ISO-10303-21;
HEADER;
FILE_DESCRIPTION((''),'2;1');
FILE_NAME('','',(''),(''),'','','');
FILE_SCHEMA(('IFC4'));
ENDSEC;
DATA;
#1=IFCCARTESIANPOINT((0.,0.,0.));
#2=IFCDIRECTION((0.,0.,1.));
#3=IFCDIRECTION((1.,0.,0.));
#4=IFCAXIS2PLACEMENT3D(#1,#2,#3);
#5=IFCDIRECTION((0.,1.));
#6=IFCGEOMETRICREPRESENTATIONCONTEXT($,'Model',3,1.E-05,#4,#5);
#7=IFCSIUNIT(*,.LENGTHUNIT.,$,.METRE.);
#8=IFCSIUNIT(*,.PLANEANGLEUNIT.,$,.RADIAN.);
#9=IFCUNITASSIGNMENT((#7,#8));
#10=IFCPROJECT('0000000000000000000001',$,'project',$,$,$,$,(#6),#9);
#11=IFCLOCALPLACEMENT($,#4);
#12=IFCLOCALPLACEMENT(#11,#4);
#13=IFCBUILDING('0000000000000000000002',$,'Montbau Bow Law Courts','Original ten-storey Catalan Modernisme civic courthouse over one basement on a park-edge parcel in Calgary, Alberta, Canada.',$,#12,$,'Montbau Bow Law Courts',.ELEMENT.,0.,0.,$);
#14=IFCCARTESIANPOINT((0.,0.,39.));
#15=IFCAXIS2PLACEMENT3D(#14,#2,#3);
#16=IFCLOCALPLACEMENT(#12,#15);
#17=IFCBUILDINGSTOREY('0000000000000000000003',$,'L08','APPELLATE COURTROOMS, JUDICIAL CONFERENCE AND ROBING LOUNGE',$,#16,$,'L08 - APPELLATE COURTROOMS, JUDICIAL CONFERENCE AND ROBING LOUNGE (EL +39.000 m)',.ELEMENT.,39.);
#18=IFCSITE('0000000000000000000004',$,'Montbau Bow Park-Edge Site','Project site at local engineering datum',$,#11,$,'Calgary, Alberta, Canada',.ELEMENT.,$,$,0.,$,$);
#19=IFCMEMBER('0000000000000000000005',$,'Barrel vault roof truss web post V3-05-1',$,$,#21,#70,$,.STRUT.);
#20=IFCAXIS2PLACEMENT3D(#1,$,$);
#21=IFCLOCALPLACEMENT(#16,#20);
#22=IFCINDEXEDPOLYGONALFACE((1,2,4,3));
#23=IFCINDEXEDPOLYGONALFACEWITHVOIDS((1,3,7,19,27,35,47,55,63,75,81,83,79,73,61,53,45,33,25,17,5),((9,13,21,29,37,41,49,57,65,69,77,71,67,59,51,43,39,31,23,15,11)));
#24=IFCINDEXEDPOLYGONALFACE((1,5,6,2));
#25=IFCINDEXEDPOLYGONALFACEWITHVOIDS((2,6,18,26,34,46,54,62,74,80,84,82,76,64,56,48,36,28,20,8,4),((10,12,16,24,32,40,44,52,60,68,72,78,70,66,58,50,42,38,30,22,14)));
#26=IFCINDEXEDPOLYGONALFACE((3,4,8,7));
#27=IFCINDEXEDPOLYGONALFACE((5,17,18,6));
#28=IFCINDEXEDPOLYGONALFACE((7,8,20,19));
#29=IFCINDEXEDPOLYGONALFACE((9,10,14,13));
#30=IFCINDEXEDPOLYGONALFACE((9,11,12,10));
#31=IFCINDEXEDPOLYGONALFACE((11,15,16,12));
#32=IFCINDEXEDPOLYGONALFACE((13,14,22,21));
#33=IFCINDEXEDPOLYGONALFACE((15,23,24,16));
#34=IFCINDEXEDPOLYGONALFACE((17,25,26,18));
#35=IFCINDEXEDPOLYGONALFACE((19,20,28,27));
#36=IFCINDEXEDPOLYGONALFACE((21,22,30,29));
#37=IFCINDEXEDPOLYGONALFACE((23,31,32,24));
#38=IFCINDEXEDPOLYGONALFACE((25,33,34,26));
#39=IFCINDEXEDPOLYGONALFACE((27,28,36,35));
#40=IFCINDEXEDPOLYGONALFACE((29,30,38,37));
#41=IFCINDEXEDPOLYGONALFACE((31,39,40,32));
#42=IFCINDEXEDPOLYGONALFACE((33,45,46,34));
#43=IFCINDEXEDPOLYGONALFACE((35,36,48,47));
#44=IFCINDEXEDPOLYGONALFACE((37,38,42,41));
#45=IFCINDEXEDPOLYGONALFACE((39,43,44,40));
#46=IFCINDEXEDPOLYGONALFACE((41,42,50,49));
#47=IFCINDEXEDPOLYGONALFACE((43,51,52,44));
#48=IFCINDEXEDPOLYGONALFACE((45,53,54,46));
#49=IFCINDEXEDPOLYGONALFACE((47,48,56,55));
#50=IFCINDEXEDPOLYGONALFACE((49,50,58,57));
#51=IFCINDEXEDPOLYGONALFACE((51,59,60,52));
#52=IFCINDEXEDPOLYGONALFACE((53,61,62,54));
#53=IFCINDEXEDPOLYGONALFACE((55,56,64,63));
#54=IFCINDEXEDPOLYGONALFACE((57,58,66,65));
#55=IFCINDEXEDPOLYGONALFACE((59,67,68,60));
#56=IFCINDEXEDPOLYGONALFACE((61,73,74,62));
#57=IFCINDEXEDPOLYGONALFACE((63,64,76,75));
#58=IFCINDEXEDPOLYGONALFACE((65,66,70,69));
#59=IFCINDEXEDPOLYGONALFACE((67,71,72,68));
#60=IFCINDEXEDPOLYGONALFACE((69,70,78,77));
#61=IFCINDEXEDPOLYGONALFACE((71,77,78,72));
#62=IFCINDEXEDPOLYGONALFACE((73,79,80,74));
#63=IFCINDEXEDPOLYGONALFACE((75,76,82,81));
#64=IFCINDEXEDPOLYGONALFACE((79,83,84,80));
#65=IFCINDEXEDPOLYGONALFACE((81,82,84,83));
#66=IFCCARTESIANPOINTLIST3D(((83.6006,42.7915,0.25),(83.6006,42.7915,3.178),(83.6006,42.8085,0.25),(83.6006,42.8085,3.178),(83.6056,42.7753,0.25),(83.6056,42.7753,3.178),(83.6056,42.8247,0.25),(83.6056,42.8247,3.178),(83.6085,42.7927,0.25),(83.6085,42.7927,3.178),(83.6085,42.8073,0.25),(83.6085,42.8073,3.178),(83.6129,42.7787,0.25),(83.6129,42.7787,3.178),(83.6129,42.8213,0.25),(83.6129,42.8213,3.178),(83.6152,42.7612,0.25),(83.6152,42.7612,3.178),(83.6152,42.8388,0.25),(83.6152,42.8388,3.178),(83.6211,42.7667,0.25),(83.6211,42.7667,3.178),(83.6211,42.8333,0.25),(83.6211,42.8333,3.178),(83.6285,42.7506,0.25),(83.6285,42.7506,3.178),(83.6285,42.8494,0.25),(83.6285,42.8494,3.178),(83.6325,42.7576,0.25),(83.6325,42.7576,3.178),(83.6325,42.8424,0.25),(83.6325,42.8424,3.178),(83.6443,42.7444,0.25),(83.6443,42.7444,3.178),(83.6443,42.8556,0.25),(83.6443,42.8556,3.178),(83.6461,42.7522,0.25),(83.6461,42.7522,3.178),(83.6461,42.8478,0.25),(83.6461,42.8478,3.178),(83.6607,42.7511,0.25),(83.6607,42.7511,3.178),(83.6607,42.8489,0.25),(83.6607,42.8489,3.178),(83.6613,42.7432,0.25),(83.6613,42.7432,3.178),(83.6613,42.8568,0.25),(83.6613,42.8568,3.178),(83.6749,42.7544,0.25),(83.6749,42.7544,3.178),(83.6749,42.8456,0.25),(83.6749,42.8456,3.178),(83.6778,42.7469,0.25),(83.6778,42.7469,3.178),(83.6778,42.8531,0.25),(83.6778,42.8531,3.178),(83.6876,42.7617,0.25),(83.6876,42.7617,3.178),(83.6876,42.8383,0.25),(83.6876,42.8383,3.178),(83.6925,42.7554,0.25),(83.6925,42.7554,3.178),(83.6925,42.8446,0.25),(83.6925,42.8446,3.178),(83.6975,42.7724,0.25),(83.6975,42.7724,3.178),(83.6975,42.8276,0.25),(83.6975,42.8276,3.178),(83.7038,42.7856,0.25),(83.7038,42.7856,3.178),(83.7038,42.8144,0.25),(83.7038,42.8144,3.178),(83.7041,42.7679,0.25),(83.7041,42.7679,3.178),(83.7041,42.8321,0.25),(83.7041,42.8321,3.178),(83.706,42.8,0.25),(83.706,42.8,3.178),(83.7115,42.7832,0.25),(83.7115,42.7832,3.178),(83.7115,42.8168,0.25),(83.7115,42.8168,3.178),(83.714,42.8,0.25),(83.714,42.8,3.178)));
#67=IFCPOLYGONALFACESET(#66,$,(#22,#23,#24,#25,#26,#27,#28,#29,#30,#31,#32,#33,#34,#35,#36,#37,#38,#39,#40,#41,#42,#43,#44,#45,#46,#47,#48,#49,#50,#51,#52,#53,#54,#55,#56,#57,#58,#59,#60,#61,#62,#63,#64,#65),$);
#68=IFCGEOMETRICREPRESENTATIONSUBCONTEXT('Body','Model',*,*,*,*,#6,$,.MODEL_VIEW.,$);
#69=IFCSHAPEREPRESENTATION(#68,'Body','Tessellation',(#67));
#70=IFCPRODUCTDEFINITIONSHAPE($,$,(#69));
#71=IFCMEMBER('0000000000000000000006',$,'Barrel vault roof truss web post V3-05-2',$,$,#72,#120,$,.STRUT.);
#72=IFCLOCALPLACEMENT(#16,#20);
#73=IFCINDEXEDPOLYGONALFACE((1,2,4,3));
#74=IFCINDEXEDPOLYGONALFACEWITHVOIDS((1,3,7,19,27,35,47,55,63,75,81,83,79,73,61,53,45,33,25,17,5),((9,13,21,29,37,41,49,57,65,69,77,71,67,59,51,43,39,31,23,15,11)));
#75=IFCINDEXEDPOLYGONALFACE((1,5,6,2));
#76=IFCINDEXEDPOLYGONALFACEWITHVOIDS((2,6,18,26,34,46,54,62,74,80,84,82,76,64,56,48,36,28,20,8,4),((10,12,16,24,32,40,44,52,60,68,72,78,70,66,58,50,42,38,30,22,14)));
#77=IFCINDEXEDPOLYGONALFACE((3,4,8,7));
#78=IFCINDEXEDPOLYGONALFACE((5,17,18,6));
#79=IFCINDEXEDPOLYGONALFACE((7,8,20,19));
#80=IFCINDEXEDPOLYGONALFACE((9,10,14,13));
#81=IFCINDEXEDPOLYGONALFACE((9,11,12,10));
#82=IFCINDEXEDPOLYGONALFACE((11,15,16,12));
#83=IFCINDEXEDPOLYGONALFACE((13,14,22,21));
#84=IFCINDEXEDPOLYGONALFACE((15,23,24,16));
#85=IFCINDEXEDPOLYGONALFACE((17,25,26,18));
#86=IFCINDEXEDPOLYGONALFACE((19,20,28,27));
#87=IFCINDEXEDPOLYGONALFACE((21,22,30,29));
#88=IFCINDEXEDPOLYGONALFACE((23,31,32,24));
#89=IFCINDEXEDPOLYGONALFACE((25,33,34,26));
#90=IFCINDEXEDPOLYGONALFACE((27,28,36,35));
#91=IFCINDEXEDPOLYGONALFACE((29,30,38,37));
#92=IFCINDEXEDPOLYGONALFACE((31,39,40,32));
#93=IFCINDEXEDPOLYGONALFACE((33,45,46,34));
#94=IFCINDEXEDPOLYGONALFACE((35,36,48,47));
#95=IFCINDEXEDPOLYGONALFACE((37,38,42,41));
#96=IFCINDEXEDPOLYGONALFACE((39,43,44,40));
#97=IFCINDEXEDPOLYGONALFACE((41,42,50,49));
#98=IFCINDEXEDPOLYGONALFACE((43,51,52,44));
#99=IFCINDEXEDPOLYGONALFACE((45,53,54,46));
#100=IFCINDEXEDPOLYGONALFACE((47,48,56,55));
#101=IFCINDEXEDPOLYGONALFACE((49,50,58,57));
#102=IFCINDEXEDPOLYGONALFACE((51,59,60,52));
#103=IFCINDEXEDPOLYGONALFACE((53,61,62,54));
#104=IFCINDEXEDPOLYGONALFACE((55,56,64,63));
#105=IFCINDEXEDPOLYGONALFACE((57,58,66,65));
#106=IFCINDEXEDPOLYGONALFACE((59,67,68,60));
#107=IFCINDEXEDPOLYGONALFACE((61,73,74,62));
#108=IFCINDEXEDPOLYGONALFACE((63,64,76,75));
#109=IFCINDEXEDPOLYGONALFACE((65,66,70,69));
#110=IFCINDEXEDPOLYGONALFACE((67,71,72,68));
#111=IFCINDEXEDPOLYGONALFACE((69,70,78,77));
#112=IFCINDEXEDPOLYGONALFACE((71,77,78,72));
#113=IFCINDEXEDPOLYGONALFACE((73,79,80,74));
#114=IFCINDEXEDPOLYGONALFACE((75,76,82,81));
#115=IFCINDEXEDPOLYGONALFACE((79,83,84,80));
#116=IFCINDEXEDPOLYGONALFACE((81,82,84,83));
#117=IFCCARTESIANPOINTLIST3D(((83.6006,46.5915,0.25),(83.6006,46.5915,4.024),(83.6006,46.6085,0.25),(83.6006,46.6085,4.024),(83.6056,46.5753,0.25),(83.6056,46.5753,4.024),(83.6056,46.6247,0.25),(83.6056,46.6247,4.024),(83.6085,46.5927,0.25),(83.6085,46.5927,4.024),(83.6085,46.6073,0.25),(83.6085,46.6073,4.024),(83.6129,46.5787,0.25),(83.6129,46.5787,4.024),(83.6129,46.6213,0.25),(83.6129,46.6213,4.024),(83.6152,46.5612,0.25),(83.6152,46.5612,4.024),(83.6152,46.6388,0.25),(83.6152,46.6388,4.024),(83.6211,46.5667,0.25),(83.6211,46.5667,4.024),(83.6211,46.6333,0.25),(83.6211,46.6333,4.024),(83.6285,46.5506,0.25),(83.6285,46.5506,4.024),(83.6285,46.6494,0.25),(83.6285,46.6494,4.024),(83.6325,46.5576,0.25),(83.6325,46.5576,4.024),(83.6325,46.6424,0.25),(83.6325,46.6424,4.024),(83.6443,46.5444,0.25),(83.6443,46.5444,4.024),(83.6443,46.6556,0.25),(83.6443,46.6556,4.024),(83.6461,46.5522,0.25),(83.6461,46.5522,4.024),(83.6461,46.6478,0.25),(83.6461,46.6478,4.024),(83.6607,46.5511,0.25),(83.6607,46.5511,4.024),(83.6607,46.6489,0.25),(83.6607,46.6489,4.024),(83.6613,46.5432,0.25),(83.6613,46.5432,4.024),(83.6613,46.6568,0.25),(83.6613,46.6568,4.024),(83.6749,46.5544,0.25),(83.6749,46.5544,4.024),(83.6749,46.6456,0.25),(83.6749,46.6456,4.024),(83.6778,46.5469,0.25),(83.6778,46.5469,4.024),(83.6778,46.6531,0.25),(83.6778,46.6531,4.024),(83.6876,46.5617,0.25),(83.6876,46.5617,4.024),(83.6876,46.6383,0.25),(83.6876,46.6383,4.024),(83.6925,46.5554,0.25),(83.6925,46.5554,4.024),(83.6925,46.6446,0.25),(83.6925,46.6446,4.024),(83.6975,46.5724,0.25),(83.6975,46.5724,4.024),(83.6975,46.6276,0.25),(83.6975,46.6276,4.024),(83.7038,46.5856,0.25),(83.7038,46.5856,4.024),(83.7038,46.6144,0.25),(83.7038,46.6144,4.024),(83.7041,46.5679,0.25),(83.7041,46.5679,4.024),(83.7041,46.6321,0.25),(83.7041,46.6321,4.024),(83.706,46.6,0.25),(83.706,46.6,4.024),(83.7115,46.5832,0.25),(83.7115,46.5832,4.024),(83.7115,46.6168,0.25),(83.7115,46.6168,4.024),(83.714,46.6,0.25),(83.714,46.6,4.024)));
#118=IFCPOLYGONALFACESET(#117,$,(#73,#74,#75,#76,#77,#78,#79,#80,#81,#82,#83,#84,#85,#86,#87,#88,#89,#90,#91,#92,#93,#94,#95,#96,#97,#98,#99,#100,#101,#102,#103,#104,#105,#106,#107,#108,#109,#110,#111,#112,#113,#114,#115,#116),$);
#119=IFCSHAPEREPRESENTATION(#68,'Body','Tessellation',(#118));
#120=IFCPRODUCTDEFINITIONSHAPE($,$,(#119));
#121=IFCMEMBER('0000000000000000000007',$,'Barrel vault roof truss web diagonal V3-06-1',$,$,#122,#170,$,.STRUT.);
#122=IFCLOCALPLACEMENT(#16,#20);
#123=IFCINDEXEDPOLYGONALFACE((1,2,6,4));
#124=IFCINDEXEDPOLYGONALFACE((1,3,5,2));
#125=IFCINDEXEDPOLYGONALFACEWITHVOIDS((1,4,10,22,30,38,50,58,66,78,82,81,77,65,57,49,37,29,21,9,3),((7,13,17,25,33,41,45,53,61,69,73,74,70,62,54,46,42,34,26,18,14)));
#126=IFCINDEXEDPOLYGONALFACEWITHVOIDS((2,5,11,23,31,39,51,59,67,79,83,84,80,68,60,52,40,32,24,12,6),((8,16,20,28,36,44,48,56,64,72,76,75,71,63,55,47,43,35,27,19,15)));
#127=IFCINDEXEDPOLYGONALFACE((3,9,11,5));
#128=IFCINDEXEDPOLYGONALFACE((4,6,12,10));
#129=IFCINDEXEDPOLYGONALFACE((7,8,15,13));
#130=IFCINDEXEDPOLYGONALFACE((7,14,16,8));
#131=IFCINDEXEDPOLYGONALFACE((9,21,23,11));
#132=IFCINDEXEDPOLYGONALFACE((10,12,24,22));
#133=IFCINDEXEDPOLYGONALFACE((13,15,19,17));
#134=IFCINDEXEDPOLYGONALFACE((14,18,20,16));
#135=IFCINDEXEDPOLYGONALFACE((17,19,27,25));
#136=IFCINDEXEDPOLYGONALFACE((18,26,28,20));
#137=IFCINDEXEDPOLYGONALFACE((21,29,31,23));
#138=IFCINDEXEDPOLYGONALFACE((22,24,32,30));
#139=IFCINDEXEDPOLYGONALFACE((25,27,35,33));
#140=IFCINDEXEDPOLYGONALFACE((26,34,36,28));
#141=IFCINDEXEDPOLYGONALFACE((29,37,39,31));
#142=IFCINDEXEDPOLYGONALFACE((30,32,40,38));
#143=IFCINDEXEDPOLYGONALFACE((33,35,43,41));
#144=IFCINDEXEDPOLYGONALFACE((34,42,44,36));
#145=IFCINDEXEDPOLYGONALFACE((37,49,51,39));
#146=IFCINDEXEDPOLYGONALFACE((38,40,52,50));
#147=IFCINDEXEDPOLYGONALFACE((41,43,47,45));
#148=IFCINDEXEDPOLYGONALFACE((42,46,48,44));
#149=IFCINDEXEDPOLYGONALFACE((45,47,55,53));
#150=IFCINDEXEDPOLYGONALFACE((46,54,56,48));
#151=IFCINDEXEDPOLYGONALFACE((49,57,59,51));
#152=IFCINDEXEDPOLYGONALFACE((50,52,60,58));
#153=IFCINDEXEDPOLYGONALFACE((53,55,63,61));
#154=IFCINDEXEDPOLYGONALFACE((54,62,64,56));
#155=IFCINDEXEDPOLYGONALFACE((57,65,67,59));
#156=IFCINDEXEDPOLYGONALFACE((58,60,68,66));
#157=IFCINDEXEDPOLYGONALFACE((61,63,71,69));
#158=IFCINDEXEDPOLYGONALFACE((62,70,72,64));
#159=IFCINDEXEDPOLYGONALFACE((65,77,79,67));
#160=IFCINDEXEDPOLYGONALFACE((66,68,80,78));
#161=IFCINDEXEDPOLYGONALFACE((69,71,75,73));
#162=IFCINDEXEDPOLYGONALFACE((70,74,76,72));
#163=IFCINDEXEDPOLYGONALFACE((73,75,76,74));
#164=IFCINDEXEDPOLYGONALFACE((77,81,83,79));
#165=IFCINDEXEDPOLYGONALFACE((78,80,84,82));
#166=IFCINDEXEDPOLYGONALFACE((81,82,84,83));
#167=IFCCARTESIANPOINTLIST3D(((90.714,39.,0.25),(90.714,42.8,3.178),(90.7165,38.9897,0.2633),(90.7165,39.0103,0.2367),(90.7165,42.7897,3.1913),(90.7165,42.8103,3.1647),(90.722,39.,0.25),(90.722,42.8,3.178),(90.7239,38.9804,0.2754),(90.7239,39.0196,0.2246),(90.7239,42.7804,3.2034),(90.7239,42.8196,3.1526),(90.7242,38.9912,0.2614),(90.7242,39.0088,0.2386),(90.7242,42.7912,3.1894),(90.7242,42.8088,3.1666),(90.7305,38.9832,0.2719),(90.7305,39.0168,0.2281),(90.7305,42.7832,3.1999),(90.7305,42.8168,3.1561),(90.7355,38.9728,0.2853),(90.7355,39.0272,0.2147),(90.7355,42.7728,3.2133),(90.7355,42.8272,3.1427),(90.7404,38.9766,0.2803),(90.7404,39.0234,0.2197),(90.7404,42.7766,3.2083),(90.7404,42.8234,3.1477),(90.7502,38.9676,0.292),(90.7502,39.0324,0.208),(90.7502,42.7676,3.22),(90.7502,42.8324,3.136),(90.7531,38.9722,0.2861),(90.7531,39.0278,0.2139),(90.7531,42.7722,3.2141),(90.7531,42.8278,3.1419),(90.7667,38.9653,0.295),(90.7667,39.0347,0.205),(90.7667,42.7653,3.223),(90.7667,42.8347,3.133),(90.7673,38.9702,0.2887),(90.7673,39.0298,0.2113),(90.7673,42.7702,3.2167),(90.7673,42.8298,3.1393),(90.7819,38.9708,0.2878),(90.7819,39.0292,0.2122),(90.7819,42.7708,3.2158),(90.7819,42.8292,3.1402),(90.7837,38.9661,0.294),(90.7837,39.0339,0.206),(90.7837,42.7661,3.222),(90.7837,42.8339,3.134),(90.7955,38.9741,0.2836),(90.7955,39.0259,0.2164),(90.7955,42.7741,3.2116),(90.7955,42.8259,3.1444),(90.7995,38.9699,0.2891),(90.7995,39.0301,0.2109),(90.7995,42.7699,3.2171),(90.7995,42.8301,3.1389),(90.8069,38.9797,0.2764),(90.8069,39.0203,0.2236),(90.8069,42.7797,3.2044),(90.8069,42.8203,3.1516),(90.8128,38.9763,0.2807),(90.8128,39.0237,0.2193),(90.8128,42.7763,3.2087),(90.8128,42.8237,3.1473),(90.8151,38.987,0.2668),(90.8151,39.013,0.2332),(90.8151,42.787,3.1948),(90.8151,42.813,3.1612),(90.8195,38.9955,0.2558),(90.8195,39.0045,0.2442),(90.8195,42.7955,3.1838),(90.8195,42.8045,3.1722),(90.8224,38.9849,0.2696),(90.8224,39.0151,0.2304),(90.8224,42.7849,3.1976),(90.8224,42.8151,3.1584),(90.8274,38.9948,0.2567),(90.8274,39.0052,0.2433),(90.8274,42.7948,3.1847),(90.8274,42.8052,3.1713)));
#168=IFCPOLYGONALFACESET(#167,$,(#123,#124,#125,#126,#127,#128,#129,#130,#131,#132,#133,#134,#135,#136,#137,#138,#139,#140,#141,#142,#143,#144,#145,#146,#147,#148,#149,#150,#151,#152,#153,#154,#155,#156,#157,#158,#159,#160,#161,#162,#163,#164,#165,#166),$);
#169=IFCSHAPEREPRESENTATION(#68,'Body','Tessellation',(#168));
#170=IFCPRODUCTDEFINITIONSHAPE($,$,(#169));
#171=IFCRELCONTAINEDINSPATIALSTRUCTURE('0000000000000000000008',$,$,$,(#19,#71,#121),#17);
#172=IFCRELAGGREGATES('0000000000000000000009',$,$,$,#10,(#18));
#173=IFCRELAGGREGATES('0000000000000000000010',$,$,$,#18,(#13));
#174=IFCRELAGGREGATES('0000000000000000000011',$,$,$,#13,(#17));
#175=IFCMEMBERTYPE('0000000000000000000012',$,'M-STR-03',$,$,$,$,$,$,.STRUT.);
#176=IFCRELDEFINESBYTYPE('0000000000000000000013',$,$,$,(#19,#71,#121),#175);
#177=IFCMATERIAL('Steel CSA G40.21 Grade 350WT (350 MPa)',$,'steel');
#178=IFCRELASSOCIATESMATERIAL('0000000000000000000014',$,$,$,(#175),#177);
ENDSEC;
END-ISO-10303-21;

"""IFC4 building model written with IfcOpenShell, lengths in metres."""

from ifc_helpers import new_model, si_unit, direction, frame, origin_with_axes, origin_2d_with_axis, place, context, subcontext, project, spatial, hollow_circle, extrude, material, material_profile, profile_set, type_object, element, save


model = new_model("IFC4")

# Units and contexts
model_context = context("Model", 3, precision=1e-05, world=origin_with_axes(), true_north=direction((0.0, 1.0)))
body_context = subcontext(model_context, "Body", "Model", "MODEL_VIEW")
ifc_project = project(units=[si_unit("LENGTHUNIT", "METRE"), si_unit("PLANEANGLEUNIT", "RADIAN")], contexts=[model_context])

# Site, building, storey
site_placement = place(None, origin_with_axes())
site = spatial("IfcSite", under=ifc_project, at=site_placement, Name="Montbau Bow Park-Edge Site", Description="Project site at local engineering datum", LongName="Calgary, Alberta, Canada", CompositionType="ELEMENT", RefElevation=0.0)
building_placement = place(site_placement, origin_with_axes())
building = spatial("IfcBuilding", under=site, at=building_placement, Name="Montbau Bow Law Courts", Description="Original ten-storey Catalan Modernisme civic courthouse over one basement on a park-edge parcel in Calgary, Alberta, Canada.", LongName="Montbau Bow Law Courts", CompositionType="ELEMENT", ElevationOfRefHeight=0.0, ElevationOfTerrain=0.0)
storey_placement = place(building_placement, frame((0.0, 0.0, 39.0), z_axis=(0.0, 0.0, 1.0), x_axis=(1.0, 0.0, 0.0)))
storey = spatial("IfcBuildingStorey", under=building, at=storey_placement, Name="L08", Description="APPELLATE COURTROOMS, JUDICIAL CONFERENCE AND ROBING LOUNGE", LongName="L08 - APPELLATE COURTROOMS, JUDICIAL CONFERENCE AND ROBING LOUNGE (EL +39.000 m)", CompositionType="ELEMENT", Elevation=39.0)

# Shared definitions
ifc_material_1 = material(Name="Steel CSA G40.21 Grade 350WT (350 MPa)", Category="steel")

# Members
ifc_material_profile_1 = material_profile(ifc_material_1, hollow_circle(Radius=0.057, WallThickness=0.008, at=origin_2d_with_axis()), Name="HSS114X8.0", Category="Main", Priority=0)
ifc_profile_set_1 = profile_set([ifc_material_profile_1], Name="Steel CSA G40.21 Grade 350WT (350 MPa)")
member_type_1 = type_object("IfcMemberType", Name="M-STR-03", PredefinedType="STRUT", material=ifc_profile_set_1)
member_1_placement = place(None, frame((83.657, 42.8, 39.25), z_axis=(0.0, 0.0, 1.0), x_axis=(1.0, 0.0, 0.0)))
element("IfcMember", 1, at=member_1_placement, inside=storey, type_object=member_type_1, Name="Barrel vault roof truss web post V3-05-1", PredefinedType="STRUT", context=body_context, shape_type="SweptSolid", body=[
    extrude(hollow_circle(Radius=0.057, WallThickness=0.008, at=origin_2d_with_axis()), origin_with_axes(), (0.0, 0.0, 1.0), 2.928),
])
member_2_placement = place(None, frame((83.657, 46.6, 39.25), z_axis=(0.0, 0.0, 1.0), x_axis=(1.0, 0.0, 0.0)))
element("IfcMember", 2, at=member_2_placement, inside=storey, type_object=member_type_1, Name="Barrel vault roof truss web post V3-05-2", PredefinedType="STRUT", context=body_context, shape_type="SweptSolid", body=[
    extrude(hollow_circle(Radius=0.057, WallThickness=0.008, at=origin_2d_with_axis()), origin_with_axes(), (0.0, 0.0, 1.0), 3.774),
])
member_3_placement = place(None, frame((90.771, 39.0, 39.25), z_axis=(0.0, 0.792128, 0.610355), x_axis=(-1.0, 0.0, 0.0)))
element("IfcMember", 3, at=member_3_placement, inside=storey, type_object=member_type_1, Name="Barrel vault roof truss web diagonal V3-06-1", PredefinedType="STRUT", context=body_context, shape_type="SweptSolid", body=[
    extrude(hollow_circle(Radius=0.057, WallThickness=0.008, at=origin_2d_with_axis()), origin_with_axes(), (0.0, 0.0, 1.0), 4.7972),
])

save(model, "model.ifc")
